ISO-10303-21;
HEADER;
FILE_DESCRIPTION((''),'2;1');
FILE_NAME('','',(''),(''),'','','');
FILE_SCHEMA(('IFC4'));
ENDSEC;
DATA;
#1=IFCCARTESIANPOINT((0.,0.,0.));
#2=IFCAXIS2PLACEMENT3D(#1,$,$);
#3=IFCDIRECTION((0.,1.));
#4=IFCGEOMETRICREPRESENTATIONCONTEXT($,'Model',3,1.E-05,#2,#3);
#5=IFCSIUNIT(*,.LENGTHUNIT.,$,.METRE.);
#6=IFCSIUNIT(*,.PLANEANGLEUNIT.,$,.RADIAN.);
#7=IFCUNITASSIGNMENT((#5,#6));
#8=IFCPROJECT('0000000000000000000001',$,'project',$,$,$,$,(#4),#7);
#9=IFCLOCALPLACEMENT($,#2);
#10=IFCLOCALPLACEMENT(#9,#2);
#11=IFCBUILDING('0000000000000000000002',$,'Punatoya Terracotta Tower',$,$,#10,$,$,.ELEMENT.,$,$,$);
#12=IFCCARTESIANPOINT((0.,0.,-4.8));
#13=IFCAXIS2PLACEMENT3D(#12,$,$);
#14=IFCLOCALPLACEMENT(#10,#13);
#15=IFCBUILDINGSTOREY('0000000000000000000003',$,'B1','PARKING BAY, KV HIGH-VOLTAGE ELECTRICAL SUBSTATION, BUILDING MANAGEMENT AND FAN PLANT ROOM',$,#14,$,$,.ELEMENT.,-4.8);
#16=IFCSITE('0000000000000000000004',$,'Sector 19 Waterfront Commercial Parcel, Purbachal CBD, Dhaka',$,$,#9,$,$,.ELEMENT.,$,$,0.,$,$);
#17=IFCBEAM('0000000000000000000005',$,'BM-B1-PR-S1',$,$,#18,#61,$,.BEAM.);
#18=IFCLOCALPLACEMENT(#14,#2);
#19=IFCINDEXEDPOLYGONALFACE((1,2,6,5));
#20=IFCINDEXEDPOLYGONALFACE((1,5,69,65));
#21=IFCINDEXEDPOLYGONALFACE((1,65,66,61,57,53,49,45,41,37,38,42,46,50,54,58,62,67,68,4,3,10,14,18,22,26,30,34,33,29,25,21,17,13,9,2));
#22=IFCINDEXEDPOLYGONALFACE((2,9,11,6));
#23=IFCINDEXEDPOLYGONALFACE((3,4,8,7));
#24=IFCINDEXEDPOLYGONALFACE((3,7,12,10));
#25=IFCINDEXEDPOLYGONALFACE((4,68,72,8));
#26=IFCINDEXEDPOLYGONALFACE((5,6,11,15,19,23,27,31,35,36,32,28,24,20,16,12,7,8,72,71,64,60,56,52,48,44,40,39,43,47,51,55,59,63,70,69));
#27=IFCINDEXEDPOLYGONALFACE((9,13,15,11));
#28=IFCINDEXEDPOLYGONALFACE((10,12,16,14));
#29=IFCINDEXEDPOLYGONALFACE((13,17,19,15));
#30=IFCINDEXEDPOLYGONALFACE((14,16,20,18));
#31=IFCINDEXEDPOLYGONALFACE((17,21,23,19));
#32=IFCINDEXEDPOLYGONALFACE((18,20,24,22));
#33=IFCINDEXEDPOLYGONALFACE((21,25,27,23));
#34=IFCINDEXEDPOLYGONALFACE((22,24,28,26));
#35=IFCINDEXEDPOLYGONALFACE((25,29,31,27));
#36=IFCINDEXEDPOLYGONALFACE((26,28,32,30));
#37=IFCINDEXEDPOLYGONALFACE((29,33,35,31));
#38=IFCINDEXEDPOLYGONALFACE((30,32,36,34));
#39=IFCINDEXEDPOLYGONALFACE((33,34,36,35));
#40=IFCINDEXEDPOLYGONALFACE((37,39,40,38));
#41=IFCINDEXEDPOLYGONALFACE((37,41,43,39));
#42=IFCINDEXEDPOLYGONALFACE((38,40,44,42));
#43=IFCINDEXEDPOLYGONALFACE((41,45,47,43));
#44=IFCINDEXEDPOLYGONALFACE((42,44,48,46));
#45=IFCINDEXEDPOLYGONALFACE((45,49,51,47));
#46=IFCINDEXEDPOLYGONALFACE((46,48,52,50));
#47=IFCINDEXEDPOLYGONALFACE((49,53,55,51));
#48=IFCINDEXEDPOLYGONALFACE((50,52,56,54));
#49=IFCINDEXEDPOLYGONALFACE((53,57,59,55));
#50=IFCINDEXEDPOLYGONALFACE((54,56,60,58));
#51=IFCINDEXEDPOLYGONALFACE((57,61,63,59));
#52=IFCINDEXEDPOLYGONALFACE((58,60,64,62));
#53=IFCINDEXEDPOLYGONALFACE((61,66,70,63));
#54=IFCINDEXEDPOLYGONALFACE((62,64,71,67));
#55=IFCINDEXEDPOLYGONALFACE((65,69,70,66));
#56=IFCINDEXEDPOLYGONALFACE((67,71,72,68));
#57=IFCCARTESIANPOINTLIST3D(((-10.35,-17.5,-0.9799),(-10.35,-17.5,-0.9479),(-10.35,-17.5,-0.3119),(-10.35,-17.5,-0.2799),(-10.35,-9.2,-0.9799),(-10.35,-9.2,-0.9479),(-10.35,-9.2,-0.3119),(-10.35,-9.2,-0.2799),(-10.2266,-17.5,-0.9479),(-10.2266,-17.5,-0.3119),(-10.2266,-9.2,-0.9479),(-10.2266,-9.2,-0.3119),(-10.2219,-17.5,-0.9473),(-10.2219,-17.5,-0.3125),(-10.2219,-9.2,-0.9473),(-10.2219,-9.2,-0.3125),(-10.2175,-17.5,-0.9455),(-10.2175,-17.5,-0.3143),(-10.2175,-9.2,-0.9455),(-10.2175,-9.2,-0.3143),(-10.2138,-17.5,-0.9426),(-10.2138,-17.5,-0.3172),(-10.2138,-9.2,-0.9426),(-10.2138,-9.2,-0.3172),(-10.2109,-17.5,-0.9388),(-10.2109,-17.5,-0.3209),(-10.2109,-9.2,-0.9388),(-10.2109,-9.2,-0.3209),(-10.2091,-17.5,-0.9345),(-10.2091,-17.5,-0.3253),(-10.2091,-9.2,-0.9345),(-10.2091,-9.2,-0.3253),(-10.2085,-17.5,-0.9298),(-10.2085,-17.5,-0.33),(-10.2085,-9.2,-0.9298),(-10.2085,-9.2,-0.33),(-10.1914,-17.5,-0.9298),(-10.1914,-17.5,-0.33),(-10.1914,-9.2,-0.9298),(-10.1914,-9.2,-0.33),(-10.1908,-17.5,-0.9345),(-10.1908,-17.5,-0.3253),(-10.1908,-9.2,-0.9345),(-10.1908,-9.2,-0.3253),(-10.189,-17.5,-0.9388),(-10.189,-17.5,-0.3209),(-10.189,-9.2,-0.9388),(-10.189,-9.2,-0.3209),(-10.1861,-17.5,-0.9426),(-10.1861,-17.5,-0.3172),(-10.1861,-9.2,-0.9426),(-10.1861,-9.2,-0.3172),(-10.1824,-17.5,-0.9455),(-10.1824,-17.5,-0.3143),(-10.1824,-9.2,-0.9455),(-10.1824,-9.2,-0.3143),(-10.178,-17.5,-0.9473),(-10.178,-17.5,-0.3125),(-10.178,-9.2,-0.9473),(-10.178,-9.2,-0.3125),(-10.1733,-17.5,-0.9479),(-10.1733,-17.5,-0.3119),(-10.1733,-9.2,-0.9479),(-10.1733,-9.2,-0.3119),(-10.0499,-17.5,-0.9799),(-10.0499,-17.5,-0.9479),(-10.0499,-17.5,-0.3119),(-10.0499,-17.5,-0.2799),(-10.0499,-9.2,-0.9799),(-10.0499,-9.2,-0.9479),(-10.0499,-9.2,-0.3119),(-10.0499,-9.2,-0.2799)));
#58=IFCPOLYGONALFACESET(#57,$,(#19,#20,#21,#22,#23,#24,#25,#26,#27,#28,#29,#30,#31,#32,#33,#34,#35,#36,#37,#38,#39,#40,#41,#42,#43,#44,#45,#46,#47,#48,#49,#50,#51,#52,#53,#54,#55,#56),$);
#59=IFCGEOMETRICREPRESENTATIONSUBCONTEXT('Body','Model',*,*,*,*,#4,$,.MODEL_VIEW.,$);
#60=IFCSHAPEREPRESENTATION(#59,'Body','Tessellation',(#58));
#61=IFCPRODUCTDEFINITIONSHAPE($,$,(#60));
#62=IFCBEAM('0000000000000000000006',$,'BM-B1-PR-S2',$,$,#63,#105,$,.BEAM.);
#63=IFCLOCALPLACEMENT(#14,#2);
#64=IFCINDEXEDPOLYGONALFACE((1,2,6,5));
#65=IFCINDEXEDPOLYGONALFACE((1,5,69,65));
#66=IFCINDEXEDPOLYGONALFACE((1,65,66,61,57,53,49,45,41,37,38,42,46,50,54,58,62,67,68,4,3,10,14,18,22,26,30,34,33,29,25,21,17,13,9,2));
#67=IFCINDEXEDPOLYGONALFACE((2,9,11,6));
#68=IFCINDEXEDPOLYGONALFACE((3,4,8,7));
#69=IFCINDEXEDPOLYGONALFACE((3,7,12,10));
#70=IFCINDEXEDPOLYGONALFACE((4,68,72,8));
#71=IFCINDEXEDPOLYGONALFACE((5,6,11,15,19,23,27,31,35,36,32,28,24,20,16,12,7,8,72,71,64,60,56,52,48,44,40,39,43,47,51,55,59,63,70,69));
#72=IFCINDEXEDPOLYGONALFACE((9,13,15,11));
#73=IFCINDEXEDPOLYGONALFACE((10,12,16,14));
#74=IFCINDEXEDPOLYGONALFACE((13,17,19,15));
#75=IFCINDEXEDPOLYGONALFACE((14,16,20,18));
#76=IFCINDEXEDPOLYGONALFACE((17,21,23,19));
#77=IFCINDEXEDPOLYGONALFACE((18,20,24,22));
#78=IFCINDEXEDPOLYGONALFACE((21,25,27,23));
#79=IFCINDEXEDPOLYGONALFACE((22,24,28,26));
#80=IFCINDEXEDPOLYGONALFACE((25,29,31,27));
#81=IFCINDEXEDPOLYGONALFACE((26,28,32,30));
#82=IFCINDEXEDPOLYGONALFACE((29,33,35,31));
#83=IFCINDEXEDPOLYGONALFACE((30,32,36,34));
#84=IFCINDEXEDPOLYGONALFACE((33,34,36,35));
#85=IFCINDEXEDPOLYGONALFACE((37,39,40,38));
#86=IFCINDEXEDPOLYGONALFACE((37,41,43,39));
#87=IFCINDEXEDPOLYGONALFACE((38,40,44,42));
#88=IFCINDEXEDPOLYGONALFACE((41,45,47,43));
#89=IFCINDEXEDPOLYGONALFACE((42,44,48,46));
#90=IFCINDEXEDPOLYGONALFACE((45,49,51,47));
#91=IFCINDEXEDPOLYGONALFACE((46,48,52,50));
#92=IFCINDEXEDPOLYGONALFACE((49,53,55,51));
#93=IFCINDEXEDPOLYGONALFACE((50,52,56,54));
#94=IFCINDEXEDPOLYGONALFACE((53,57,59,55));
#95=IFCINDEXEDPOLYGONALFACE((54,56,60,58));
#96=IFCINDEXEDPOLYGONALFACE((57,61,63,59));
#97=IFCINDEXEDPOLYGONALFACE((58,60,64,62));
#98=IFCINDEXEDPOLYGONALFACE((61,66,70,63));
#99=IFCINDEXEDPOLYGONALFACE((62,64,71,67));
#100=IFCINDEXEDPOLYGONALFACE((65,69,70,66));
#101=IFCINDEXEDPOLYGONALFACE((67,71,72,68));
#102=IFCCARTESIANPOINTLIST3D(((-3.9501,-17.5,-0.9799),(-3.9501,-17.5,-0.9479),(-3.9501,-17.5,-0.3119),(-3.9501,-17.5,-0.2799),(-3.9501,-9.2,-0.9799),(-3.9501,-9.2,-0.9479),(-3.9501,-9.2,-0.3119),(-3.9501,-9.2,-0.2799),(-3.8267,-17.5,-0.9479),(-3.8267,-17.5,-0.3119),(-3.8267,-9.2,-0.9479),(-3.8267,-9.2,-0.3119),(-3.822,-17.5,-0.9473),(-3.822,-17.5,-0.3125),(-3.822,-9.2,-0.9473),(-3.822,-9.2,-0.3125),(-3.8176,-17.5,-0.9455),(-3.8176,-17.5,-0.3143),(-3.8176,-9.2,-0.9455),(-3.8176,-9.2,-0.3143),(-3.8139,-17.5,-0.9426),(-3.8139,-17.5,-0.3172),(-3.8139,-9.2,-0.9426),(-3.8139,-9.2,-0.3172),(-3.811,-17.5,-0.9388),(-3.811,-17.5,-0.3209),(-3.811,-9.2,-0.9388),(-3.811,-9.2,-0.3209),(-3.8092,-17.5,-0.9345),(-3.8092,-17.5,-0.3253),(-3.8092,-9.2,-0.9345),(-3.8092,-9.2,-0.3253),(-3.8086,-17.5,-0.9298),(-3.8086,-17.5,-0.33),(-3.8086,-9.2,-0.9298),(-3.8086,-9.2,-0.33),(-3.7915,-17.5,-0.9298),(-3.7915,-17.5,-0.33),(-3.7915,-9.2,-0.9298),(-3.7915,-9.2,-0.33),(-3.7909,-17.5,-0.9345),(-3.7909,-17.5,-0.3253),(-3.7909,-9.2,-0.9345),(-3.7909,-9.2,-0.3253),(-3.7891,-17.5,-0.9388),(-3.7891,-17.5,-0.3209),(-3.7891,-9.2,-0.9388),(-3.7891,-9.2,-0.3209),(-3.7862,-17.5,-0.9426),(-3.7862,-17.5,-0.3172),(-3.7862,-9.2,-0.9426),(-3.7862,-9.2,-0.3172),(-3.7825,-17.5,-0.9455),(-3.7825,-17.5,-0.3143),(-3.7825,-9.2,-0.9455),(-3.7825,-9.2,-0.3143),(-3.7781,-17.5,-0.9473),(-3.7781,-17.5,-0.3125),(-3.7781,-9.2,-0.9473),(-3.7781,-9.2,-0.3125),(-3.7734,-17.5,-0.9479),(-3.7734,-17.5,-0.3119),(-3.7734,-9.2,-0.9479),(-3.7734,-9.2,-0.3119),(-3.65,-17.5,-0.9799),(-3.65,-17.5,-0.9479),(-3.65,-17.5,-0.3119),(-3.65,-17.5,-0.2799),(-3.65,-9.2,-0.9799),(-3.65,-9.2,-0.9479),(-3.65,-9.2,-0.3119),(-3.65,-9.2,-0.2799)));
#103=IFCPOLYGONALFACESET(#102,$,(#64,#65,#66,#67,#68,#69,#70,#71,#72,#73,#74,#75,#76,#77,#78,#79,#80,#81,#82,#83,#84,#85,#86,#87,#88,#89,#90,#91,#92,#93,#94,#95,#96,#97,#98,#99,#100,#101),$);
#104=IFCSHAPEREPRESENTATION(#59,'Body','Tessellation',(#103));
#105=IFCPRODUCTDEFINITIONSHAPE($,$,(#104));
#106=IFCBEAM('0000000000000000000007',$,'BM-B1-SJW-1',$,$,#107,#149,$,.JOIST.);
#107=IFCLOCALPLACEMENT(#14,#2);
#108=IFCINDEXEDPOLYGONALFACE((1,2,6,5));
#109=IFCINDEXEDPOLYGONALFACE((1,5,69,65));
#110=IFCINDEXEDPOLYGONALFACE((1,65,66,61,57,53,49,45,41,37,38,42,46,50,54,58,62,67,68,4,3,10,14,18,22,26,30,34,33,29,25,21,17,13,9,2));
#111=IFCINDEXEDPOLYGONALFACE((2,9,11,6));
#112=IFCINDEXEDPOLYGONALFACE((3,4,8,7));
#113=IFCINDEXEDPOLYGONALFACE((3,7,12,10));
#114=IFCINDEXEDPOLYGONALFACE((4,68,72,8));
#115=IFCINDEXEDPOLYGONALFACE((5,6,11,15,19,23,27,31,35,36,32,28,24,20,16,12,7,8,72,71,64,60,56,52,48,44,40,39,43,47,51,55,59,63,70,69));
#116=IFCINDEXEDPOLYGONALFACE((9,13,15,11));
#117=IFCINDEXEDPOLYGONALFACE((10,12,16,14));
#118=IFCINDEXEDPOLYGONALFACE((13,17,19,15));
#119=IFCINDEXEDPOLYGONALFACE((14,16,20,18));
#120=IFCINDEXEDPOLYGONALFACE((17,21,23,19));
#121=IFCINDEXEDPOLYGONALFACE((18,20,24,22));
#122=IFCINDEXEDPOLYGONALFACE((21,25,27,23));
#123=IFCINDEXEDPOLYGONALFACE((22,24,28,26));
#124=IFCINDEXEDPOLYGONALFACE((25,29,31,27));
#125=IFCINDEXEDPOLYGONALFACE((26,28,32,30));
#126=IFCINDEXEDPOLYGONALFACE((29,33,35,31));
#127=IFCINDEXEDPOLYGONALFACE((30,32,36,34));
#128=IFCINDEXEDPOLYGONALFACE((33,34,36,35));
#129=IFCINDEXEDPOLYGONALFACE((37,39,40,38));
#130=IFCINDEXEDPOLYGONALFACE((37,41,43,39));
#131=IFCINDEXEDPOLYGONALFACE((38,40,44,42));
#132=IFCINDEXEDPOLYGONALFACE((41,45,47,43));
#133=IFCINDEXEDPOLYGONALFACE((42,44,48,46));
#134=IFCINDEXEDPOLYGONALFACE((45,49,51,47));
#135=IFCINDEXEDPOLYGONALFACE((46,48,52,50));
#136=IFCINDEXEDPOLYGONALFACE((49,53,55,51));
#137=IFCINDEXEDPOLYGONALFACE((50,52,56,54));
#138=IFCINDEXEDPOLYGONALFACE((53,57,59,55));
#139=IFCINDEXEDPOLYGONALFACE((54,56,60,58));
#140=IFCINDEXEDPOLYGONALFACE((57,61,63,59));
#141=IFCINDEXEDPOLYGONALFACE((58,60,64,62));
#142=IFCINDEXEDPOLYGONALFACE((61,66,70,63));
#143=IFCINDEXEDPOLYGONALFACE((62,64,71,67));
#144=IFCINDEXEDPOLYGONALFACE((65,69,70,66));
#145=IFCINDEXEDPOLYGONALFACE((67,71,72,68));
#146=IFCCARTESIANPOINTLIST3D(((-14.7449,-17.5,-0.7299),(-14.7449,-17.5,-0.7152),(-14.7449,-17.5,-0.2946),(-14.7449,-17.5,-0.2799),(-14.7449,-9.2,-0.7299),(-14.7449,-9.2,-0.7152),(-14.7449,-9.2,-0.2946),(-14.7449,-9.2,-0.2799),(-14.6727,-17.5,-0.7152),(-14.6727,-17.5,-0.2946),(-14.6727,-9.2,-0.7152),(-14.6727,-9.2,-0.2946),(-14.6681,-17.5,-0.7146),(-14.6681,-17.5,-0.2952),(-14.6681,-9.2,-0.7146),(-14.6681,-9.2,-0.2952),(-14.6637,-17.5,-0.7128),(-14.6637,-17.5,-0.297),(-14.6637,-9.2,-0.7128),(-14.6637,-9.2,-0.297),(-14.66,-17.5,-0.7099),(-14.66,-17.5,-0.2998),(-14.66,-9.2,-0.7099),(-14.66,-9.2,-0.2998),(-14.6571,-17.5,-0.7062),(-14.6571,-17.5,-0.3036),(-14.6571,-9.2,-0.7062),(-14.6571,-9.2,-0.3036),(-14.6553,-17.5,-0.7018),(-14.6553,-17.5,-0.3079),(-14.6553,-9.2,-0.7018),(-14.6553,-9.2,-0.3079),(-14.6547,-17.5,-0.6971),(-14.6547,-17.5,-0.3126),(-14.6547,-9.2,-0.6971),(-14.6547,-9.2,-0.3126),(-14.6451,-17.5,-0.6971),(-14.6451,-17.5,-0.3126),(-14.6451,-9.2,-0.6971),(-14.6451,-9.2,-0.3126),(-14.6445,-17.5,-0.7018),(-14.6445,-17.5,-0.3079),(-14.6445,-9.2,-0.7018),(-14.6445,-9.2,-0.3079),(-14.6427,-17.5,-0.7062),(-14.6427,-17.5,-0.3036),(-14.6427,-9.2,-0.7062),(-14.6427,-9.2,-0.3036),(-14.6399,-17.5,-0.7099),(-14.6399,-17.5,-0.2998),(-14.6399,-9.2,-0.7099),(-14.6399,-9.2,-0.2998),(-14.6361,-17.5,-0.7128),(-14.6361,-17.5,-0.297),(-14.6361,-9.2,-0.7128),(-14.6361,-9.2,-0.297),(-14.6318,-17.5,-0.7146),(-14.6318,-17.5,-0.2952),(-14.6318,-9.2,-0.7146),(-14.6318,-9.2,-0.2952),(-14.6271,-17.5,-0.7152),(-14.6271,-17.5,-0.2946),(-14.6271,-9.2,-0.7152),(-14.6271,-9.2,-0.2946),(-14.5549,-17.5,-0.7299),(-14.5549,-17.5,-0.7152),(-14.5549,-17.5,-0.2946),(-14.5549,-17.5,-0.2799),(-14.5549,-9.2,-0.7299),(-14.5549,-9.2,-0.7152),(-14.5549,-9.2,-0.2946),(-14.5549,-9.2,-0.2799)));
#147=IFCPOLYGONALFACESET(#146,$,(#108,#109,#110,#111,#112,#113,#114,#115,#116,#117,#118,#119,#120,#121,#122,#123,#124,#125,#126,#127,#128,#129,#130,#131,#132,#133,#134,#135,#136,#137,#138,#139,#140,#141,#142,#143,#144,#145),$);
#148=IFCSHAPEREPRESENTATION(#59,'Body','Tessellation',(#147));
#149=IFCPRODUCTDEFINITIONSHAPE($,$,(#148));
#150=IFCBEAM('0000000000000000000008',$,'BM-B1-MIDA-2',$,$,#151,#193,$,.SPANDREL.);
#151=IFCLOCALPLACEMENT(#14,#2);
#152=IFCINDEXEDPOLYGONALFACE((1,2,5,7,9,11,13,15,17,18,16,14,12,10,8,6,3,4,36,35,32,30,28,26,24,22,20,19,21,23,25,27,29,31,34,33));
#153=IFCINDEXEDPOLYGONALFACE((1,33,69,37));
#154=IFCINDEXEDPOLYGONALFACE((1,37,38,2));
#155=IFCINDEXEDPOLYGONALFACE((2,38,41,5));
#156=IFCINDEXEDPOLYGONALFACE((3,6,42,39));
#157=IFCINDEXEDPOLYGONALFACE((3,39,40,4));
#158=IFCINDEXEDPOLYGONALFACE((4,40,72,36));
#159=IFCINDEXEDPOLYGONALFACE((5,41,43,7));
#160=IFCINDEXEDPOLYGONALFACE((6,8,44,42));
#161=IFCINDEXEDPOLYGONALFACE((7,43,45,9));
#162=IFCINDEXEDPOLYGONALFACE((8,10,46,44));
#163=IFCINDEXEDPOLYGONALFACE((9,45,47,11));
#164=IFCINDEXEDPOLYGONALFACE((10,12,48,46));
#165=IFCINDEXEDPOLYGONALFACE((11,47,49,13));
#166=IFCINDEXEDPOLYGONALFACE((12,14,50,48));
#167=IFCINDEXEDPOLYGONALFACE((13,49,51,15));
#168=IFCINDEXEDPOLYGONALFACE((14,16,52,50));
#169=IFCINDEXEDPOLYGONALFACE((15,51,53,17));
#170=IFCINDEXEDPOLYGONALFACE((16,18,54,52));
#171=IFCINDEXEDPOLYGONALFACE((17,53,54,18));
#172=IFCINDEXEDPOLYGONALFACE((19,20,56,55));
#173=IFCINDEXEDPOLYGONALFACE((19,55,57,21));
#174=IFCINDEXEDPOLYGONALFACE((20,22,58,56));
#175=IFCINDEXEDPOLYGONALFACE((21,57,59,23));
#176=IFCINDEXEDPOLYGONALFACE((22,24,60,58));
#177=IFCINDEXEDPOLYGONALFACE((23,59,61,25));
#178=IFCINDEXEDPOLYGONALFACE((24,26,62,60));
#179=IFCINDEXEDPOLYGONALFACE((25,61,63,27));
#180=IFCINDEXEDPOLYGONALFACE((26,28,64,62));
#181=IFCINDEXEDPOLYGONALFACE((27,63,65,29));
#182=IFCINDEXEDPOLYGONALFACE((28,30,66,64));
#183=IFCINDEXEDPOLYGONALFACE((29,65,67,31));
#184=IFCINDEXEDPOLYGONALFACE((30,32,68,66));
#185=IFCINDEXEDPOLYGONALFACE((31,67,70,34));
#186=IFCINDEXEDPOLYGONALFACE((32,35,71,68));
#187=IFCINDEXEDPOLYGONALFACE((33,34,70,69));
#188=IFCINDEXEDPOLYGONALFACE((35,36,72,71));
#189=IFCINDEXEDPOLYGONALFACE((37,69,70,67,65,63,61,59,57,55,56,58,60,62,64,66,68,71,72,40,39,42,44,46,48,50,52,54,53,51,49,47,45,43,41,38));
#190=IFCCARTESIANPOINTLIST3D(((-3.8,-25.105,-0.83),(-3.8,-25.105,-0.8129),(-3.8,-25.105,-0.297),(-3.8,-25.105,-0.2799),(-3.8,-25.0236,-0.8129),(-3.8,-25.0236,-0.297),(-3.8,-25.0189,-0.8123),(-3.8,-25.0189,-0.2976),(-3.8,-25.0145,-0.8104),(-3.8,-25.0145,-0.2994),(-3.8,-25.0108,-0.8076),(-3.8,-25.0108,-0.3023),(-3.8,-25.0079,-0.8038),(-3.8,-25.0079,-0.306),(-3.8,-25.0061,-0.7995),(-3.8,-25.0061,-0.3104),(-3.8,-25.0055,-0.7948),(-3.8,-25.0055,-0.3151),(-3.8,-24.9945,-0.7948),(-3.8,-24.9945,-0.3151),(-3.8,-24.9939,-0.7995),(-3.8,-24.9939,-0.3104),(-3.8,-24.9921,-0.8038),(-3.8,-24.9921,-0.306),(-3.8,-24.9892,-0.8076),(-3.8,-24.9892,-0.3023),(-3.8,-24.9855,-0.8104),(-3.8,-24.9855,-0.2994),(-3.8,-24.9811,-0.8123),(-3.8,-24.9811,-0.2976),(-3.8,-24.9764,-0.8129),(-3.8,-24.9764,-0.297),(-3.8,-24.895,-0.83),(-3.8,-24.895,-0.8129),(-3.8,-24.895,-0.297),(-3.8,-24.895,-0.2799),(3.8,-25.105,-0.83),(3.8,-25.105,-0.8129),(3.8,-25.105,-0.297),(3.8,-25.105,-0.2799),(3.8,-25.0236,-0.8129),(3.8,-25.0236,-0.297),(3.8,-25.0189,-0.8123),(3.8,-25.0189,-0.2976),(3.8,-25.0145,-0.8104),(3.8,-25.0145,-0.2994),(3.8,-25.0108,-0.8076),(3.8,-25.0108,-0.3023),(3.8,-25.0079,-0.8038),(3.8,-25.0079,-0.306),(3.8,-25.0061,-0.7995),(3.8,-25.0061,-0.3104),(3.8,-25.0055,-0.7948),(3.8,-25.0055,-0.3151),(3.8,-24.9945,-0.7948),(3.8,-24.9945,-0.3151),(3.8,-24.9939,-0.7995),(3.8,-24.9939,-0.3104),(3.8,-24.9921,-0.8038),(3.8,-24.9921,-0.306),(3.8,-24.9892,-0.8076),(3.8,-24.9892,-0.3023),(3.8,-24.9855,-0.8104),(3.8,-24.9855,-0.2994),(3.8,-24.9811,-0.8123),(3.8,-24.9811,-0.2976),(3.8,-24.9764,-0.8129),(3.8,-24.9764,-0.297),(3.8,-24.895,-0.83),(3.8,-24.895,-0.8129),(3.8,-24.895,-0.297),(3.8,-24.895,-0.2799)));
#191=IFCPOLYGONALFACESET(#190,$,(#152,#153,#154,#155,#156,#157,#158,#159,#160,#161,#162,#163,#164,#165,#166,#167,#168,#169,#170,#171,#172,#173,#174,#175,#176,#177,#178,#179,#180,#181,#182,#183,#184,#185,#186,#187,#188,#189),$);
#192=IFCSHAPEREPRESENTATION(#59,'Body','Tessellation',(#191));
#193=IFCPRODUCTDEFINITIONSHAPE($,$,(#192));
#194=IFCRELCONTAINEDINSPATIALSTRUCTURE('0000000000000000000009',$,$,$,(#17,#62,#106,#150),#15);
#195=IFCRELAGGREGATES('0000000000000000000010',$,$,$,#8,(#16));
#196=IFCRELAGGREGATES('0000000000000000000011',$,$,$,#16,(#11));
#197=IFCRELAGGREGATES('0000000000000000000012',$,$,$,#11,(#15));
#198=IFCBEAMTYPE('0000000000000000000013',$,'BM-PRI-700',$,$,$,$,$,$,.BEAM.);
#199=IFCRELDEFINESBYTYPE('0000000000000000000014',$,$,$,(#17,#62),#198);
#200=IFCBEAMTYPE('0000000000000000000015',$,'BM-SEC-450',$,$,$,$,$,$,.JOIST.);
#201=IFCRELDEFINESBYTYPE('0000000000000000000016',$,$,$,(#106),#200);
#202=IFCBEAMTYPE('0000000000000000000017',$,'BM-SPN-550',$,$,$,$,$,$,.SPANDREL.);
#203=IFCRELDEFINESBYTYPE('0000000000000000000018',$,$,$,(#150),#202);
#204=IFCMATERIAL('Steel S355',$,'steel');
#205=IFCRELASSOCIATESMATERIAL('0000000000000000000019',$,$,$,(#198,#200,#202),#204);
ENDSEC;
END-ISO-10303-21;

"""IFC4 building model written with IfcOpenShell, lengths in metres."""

from ifc_helpers import new_model, si_unit, direction, frame, origin, origin_2d, place, context, subcontext, project, spatial, i_section, extrude, material, material_profile, profile_set, type_object, element, save


model = new_model("IFC4")

# Units and contexts
model_context = context("Model", 3, precision=1e-05, world=origin(), true_north=direction((0.0, 1.0)))
body_context = subcontext(model_context, "Body", "Model", "MODEL_VIEW")
ifc_project = project(units=[si_unit("LENGTHUNIT", "METRE"), si_unit("PLANEANGLEUNIT", "RADIAN")], contexts=[model_context])

# Site, building, storey
site_placement = place(None, origin())
site = spatial("IfcSite", under=ifc_project, at=site_placement, Name="Sector 19 Waterfront Commercial Parcel, Purbachal CBD, Dhaka", CompositionType="ELEMENT", RefElevation=0.0)
building_placement = place(site_placement, origin())
building = spatial("IfcBuilding", under=site, at=building_placement, Name="Punatoya Terracotta Tower", CompositionType="ELEMENT")
storey_placement = place(building_placement, frame((0.0, 0.0, -4.8)))
storey = spatial("IfcBuildingStorey", under=building, at=storey_placement, Name="B1", Description="PARKING BAY, KV HIGH-VOLTAGE ELECTRICAL SUBSTATION, BUILDING MANAGEMENT AND FAN PLANT ROOM", CompositionType="ELEMENT", Elevation=-4.8)

# Beams
ifc_material_1 = material(Name="Steel S355", Category="steel")
ifc_material_profile_1 = material_profile(ifc_material_1, i_section(OverallWidth=0.3, OverallDepth=0.7, WebThickness=0.0171, FlangeThickness=0.032, FilletRadius=0.0181, at=origin_2d()))
ifc_profile_set_1 = profile_set([ifc_material_profile_1], Name="Steel S355")
beam_type_1 = type_object("IfcBeamType", Name="BM-PRI-700", PredefinedType="BEAM", material=ifc_profile_set_1)
for number, where, z_axis, x_axis, name in (
    (1, (-10.2, -17.5, -0.6299), (0.0, 1.0, 0.0), (-1.0, 0.0, 0.0), "BM-B1-PR-S1"),
    (2, (-3.8, -17.5, -0.6299), (0.0, 1.0, 0.0), (-1.0, 0.0, 0.0), "BM-B1-PR-S2"),
):
    element("IfcBeam", number, at=place(storey_placement, frame(where, z_axis=z_axis, x_axis=x_axis)), inside=storey, type_object=beam_type_1, Name=name, PredefinedType="BEAM", context=body_context, shape_type="SweptSolid", body=[
        extrude(i_section(OverallWidth=0.3, OverallDepth=0.7, WebThickness=0.0171, FlangeThickness=0.032, FilletRadius=0.0181, at=origin_2d()), origin(), (0.0, 0.0, 1.0), 8.3),
    ])
ifc_material_profile_2 = material_profile(ifc_material_1, i_section(OverallWidth=0.1899, OverallDepth=0.45, WebThickness=0.0095, FlangeThickness=0.0146, FilletRadius=0.0181, at=origin_2d()))
ifc_profile_set_2 = profile_set([ifc_material_profile_2], Name="Steel S355")
beam_type_2 = type_object("IfcBeamType", Name="BM-SEC-450", PredefinedType="JOIST", material=ifc_profile_set_2)
beam_1_placement = place(storey_placement, frame((-14.6499, -17.5, -0.5049), z_axis=(0.0, 1.0, 0.0), x_axis=(-1.0, 0.0, 0.0)))
element("IfcBeam", 3, at=beam_1_placement, inside=storey, type_object=beam_type_2, Name="BM-B1-SJW-1", PredefinedType="JOIST", context=body_context, shape_type="SweptSolid", body=[
    extrude(i_section(OverallWidth=0.1899, OverallDepth=0.45, WebThickness=0.0095, FlangeThickness=0.0146, FilletRadius=0.0181, at=origin_2d()), origin(), (0.0, 0.0, 1.0), 8.3),
])
ifc_material_profile_3 = material_profile(ifc_material_1, i_section(OverallWidth=0.21, OverallDepth=0.55, WebThickness=0.011, FlangeThickness=0.0171, FilletRadius=0.0181, at=origin_2d()))
ifc_profile_set_3 = profile_set([ifc_material_profile_3], Name="Steel S355")
beam_type_3 = type_object("IfcBeamType", Name="BM-SPN-550", PredefinedType="SPANDREL", material=ifc_profile_set_3)
beam_2_placement = place(storey_placement, frame((-3.8, -25.0, -0.5549), z_axis=(1.0, 0.0, 0.0), x_axis=(0.0, 1.0, 0.0)))
element("IfcBeam", 4, at=beam_2_placement, inside=storey, type_object=beam_type_3, Name="BM-B1-MIDA-2", PredefinedType="SPANDREL", context=body_context, shape_type="SweptSolid", body=[
    extrude(i_section(OverallWidth=0.21, OverallDepth=0.55, WebThickness=0.011, FlangeThickness=0.0171, FilletRadius=0.0181, at=origin_2d()), origin(), (0.0, 0.0, 1.0), 7.6001),
])

save(model, "model.ifc")
